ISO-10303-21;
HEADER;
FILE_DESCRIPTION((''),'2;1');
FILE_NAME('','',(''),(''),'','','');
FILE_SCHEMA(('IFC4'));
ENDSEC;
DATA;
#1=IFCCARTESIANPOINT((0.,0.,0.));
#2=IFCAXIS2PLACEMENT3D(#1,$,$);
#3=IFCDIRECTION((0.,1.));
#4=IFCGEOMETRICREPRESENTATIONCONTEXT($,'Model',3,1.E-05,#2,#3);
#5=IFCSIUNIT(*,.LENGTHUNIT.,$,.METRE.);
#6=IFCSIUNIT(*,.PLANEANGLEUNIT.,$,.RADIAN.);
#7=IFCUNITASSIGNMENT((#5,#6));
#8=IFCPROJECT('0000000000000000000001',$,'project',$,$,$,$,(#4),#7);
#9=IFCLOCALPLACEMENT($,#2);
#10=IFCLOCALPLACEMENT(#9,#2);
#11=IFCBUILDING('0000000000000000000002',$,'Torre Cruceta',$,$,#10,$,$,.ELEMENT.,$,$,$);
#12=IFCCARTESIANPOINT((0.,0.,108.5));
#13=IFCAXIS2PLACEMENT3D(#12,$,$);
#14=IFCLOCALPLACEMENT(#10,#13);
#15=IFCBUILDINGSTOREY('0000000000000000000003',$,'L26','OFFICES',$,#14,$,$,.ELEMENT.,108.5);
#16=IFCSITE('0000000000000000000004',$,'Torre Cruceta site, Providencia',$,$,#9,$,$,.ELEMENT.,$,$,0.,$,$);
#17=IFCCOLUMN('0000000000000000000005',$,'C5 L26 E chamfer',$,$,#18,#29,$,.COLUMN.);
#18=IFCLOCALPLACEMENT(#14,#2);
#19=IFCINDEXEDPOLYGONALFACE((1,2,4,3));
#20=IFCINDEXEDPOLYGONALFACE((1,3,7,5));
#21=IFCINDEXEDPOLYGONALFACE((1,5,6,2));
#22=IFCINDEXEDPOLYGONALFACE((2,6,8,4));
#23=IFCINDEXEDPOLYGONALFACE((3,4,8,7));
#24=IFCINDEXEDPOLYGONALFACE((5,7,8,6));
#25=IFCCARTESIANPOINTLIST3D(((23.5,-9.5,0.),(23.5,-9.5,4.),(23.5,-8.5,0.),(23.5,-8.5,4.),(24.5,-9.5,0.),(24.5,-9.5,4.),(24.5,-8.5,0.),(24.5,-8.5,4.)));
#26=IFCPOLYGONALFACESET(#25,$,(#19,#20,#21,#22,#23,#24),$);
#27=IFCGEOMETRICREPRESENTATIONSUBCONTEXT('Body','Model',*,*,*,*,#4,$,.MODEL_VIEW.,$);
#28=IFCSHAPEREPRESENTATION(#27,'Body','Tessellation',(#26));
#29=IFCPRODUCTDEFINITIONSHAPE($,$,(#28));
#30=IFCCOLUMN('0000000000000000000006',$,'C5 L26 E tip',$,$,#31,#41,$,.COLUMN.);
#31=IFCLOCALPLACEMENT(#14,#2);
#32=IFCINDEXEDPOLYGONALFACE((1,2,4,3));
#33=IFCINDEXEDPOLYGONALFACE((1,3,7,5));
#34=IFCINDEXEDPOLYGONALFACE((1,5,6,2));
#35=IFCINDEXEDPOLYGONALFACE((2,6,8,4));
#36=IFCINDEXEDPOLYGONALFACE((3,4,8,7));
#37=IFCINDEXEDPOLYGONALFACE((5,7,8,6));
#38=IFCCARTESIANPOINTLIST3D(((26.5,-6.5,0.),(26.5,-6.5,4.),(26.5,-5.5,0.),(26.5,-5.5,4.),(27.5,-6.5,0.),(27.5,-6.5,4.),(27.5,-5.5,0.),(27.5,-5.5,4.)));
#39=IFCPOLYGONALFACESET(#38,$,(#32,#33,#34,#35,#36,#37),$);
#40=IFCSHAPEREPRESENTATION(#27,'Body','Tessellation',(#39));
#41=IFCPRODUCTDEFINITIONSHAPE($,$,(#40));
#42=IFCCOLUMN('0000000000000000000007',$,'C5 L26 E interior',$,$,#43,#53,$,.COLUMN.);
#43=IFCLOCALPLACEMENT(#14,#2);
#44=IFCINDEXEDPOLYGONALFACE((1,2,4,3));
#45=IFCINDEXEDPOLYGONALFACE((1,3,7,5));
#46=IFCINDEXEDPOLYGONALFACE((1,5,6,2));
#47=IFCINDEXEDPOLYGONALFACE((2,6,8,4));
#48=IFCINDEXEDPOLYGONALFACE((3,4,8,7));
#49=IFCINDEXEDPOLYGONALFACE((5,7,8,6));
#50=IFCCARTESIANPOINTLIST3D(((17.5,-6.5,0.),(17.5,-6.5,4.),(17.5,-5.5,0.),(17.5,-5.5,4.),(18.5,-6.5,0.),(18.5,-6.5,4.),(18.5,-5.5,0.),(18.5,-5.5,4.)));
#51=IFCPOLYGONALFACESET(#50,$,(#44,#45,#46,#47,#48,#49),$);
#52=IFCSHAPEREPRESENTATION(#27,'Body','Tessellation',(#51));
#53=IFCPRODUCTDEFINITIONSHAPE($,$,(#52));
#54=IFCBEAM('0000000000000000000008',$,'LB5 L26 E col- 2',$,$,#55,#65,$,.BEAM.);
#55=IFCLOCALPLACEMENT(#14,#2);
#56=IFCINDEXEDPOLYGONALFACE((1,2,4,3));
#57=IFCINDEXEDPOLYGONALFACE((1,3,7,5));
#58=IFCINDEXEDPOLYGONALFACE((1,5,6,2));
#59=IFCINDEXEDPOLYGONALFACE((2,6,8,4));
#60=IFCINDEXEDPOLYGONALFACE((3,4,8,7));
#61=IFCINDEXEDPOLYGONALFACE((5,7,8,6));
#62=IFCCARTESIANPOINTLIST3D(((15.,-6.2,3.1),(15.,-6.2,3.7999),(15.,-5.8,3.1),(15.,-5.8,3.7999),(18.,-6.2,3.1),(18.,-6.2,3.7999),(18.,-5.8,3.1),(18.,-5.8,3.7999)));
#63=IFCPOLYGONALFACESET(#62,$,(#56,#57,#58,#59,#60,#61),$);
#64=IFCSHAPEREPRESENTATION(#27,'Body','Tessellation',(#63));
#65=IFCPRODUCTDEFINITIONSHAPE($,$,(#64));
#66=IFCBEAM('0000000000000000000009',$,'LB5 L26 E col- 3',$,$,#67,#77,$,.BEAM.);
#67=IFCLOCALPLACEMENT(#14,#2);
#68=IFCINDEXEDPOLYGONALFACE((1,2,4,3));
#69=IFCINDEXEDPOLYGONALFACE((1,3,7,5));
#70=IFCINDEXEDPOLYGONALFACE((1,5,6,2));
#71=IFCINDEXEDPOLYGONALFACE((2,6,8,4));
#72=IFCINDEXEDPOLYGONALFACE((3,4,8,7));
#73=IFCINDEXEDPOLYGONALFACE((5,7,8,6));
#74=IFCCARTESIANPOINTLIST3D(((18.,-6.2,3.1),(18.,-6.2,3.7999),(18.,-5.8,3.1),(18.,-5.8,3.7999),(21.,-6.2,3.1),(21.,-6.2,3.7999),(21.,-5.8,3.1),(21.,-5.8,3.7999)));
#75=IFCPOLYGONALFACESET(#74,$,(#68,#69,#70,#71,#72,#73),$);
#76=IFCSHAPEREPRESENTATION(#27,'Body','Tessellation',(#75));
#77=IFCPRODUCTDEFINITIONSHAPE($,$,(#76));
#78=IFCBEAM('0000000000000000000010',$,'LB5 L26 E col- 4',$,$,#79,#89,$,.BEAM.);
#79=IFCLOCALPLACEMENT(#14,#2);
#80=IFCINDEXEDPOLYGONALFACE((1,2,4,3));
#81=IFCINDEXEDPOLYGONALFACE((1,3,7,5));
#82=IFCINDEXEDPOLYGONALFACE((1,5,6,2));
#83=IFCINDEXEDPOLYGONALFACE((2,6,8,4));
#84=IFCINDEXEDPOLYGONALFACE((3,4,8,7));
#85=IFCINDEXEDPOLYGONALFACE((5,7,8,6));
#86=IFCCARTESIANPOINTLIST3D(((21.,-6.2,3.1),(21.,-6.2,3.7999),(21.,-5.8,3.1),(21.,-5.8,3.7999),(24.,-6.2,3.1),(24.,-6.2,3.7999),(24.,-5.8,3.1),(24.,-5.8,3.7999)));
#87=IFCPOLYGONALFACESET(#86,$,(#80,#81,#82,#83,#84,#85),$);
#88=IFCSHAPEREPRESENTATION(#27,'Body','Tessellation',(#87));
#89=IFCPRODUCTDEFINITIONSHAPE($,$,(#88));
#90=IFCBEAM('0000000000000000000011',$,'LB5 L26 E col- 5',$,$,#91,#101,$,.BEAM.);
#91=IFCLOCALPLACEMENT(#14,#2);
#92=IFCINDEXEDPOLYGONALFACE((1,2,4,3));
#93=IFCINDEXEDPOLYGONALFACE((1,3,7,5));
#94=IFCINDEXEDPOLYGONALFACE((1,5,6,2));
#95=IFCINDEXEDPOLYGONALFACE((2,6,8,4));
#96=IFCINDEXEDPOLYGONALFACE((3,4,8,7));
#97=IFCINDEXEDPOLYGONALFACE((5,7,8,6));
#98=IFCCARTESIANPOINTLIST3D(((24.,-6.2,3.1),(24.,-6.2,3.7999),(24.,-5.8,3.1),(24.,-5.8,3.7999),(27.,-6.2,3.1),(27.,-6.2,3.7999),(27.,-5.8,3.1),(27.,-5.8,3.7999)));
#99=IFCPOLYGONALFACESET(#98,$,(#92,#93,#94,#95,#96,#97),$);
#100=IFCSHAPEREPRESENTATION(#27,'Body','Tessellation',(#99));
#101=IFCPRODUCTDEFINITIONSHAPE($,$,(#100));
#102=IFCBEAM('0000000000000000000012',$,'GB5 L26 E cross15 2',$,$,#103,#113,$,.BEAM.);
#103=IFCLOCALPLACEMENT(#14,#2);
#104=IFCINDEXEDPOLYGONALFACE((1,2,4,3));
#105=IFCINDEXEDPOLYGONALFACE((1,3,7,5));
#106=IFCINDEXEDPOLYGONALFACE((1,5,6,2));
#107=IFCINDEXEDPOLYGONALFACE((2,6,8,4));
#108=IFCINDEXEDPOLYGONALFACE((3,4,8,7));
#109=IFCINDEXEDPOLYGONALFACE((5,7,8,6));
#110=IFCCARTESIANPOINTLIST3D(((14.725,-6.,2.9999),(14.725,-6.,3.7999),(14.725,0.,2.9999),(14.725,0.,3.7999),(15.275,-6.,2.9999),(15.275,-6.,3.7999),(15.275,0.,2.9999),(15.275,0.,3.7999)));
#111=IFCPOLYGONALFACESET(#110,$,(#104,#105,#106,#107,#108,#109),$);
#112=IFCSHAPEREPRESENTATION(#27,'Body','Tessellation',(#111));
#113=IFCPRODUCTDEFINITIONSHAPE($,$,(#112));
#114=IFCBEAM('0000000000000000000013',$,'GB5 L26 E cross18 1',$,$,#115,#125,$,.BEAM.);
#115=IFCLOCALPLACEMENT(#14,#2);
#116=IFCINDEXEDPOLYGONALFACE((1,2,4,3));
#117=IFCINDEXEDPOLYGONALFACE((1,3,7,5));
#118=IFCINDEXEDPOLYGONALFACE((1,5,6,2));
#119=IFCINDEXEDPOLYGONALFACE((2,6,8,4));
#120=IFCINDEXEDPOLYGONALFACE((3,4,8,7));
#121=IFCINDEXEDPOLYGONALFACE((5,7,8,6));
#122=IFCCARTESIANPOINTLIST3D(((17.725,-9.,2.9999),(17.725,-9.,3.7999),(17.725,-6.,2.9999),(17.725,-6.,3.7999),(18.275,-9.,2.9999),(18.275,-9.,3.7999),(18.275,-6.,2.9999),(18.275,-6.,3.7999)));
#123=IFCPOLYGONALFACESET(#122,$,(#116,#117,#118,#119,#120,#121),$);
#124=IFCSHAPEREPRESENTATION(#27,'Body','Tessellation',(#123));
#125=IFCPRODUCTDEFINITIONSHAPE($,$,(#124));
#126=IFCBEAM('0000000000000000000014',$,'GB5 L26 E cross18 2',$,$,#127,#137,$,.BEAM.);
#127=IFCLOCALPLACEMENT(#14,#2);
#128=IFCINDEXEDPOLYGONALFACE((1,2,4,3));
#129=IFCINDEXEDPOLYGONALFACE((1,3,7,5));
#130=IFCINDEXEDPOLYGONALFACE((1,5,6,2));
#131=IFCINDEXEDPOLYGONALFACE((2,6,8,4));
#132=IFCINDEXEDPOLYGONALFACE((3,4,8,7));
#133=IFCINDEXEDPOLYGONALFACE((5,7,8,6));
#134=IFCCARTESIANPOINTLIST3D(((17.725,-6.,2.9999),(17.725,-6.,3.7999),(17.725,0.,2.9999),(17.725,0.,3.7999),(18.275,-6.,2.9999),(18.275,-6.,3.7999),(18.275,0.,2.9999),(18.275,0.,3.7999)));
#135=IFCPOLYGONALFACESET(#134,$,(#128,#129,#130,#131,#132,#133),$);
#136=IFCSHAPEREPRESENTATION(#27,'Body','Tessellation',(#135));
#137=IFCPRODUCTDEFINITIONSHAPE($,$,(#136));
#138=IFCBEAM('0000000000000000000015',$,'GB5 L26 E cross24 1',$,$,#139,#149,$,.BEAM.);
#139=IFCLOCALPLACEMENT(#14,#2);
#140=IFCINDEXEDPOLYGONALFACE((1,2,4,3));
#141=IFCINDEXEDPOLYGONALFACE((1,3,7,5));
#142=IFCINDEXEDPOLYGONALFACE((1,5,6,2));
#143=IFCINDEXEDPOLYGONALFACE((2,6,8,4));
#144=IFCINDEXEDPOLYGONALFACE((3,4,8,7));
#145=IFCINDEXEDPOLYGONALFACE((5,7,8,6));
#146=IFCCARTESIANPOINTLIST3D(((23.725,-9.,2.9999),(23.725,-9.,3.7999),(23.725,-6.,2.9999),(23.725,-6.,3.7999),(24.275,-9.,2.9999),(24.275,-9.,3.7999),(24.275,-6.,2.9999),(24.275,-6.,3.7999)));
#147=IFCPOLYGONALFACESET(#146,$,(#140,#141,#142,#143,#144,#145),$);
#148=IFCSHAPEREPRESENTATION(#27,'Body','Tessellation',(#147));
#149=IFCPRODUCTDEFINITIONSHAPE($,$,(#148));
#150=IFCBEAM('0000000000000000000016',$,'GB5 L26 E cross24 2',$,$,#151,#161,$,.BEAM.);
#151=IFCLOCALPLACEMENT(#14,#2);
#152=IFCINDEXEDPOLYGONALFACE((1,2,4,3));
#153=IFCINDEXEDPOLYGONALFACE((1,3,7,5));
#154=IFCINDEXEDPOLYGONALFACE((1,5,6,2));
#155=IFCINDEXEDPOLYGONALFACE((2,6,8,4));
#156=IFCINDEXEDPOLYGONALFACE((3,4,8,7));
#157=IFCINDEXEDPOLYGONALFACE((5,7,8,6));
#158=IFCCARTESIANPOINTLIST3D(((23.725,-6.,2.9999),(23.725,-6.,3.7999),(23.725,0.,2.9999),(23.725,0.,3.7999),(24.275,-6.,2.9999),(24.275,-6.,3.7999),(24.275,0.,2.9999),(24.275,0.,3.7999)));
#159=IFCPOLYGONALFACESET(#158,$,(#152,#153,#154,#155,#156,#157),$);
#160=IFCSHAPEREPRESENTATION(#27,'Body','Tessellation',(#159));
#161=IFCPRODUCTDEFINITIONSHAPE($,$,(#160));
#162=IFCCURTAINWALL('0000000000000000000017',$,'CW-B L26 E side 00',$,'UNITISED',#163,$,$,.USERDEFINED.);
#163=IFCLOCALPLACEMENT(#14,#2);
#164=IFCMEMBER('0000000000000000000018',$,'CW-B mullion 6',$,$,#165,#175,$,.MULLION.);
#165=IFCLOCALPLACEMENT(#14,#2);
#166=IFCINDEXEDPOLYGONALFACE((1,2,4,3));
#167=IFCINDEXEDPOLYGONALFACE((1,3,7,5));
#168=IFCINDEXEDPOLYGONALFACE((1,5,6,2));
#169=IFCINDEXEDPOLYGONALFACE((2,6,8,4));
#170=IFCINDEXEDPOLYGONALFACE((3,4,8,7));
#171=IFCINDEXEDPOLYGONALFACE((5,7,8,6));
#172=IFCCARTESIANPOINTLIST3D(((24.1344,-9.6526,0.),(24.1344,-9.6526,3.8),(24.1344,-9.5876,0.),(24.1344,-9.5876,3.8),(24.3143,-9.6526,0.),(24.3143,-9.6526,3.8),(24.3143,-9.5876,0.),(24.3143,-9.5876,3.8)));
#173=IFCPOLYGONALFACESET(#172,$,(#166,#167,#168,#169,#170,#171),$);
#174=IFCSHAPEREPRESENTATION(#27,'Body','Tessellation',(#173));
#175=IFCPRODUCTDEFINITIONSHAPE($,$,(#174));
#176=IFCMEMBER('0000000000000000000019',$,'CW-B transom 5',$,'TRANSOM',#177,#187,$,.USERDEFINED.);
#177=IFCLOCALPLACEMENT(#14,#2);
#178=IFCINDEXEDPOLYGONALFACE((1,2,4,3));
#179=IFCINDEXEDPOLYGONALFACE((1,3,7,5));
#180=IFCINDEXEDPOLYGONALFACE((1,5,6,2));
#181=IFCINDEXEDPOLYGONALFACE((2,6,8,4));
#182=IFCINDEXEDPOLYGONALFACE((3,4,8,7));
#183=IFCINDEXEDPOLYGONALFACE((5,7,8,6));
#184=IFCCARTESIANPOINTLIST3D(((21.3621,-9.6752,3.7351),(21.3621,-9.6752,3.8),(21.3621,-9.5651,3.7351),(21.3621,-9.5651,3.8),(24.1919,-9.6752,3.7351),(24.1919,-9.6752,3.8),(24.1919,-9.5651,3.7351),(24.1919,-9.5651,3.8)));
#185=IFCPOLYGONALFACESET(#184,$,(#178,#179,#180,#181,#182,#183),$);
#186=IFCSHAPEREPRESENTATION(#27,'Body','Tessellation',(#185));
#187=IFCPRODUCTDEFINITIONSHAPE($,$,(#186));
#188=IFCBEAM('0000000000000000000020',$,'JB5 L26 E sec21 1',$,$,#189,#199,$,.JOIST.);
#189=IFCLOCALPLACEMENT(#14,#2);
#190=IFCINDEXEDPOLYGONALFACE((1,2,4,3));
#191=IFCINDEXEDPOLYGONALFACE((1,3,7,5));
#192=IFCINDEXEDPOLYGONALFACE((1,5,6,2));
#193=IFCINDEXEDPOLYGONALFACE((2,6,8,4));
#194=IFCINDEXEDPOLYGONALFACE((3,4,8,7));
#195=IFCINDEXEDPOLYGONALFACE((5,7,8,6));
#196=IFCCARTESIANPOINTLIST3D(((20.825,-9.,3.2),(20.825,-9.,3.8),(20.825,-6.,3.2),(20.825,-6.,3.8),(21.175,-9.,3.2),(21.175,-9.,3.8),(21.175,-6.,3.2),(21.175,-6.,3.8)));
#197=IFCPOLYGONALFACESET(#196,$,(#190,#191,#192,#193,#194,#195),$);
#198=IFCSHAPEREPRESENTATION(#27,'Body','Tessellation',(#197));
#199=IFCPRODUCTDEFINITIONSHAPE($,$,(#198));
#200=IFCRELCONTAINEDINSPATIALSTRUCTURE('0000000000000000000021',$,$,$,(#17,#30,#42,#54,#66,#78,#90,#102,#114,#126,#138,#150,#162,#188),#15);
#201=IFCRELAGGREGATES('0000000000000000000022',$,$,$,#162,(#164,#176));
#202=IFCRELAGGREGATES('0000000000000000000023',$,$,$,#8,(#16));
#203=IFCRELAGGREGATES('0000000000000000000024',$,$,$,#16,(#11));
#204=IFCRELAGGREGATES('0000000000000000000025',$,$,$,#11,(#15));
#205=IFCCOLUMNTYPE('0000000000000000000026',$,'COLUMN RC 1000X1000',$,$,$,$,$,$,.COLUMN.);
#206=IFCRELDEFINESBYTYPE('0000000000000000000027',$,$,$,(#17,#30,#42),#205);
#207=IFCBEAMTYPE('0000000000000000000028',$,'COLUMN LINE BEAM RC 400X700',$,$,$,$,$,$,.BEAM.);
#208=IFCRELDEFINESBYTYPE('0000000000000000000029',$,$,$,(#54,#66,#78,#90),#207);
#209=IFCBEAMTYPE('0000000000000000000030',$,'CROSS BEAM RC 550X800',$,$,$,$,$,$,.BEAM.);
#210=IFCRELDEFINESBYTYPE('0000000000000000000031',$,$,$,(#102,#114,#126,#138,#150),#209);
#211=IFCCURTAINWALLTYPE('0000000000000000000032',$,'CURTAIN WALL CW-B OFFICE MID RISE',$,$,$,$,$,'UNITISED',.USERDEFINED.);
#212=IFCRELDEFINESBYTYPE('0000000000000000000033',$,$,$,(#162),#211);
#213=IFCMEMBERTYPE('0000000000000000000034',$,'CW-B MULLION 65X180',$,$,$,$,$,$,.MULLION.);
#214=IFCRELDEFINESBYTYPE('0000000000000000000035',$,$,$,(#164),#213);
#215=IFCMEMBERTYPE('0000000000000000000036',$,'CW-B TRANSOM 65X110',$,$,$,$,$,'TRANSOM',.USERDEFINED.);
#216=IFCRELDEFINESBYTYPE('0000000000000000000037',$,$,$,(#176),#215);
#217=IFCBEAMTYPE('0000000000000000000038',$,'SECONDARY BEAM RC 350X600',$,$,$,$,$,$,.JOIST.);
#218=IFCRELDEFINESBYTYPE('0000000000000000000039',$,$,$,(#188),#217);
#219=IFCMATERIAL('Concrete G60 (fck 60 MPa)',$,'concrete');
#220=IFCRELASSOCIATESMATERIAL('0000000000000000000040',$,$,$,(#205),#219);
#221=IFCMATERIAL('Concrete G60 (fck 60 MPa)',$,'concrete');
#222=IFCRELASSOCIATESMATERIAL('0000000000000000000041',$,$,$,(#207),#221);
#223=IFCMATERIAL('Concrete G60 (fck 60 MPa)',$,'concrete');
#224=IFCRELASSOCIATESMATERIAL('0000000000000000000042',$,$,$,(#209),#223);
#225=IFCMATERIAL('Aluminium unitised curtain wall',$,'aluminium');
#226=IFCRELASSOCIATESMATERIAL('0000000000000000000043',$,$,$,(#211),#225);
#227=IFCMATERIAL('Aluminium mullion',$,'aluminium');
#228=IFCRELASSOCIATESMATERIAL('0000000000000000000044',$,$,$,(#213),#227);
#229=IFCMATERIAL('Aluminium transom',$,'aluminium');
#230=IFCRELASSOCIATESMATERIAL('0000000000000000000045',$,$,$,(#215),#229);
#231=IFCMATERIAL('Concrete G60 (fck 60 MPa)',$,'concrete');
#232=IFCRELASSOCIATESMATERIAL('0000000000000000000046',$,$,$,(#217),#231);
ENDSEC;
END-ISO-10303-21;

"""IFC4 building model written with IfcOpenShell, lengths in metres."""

from ifc_helpers import new_model, si_unit, direction, frame, origin, origin_2d, place, context, subcontext, project, spatial, rectangle, extrude, material, material_profile, profile_set, type_object, element, aggregate, save


model = new_model("IFC4")

# Units and contexts
model_context = context("Model", 3, precision=1e-05, world=origin(), true_north=direction((0.0, 1.0)))
body_context = subcontext(model_context, "Body", "Model", "MODEL_VIEW")
ifc_project = project(units=[si_unit("LENGTHUNIT", "METRE"), si_unit("PLANEANGLEUNIT", "RADIAN")], contexts=[model_context])

# Site, building, storey
site_placement = place(None, origin())
site = spatial("IfcSite", under=ifc_project, at=site_placement, Name="Torre Cruceta site, Providencia", CompositionType="ELEMENT", RefElevation=0.0)
building_placement = place(site_placement, origin())
building = spatial("IfcBuilding", under=site, at=building_placement, Name="Torre Cruceta", CompositionType="ELEMENT")
storey_placement = place(building_placement, frame((0.0, 0.0, 108.5)))
storey = spatial("IfcBuildingStorey", under=building, at=storey_placement, Name="L26", Description="OFFICES", CompositionType="ELEMENT", Elevation=108.5)

# Columns
ifc_material_1 = material(Name="Concrete G60 (fck 60 MPa)", Category="concrete")
ifc_material_profile_1 = material_profile(ifc_material_1, rectangle(XDim=1.0, YDim=1.0, at=origin_2d()), Name="RC 1000X1000")
ifc_profile_set_1 = profile_set([ifc_material_profile_1], Name="Concrete G60 (fck 60 MPa)")
column_type = type_object("IfcColumnType", Name="COLUMN RC 1000X1000", PredefinedType="COLUMN", material=ifc_profile_set_1)
for number, where, z_axis, x_axis, name in (
    (1, (24.0, -9.0, 0.0), (0.0, 0.0, 1.0), (1.0, 0.0, 0.0), "C5 L26 E chamfer"),
    (2, (27.0, -6.0, 0.0), (0.0, 0.0, 1.0), (1.0, 0.0, 0.0), "C5 L26 E tip"),
    (3, (18.0, -6.0, 0.0), (0.0, 0.0, 1.0), (1.0, 0.0, 0.0), "C5 L26 E interior"),
):
    element("IfcColumn", number, at=place(storey_placement, frame(where, z_axis=z_axis, x_axis=x_axis)), inside=storey, type_object=column_type, Name=name, PredefinedType="COLUMN", context=body_context, shape_type="SweptSolid", body=[
        extrude(rectangle(XDim=1.0, YDim=1.0, at=origin_2d()), origin(), (0.0, 0.0, 1.0), 4.0),
    ])

# Beams
ifc_material_2 = material(Name="Concrete G60 (fck 60 MPa)", Category="concrete")
ifc_material_profile_2 = material_profile(ifc_material_2, rectangle(XDim=0.3999, YDim=0.7, at=origin_2d()), Name="RC 400X700")
ifc_profile_set_2 = profile_set([ifc_material_profile_2], Name="Concrete G60 (fck 60 MPa)")
beam_type_1 = type_object("IfcBeamType", Name="COLUMN LINE BEAM RC 400X700", PredefinedType="BEAM", material=ifc_profile_set_2)
for number, where, z_axis, x_axis, name in (
    (4, (15.0, -6.0, 3.45), (1.0, 0.0, 0.0), (0.0, 1.0, 0.0), "LB5 L26 E col- 2"),
    (5, (18.0, -6.0, 3.45), (1.0, 0.0, 0.0), (0.0, 1.0, 0.0), "LB5 L26 E col- 3"),
    (6, (21.0, -6.0, 3.45), (1.0, 0.0, 0.0), (0.0, 1.0, 0.0), "LB5 L26 E col- 4"),
    (7, (24.0, -6.0, 3.45), (1.0, 0.0, 0.0), (0.0, 1.0, 0.0), "LB5 L26 E col- 5"),
):
    element("IfcBeam", number, at=place(storey_placement, frame(where, z_axis=z_axis, x_axis=x_axis)), inside=storey, type_object=beam_type_1, Name=name, PredefinedType="BEAM", context=body_context, shape_type="SweptSolid", body=[
        extrude(rectangle(XDim=0.3999, YDim=0.7, at=origin_2d()), origin(), (0.0, 0.0, 1.0), 3.0),
    ])
ifc_material_3 = material(Name="Concrete G60 (fck 60 MPa)", Category="concrete")
ifc_material_profile_3 = material_profile(ifc_material_3, rectangle(XDim=0.55, YDim=0.8, at=origin_2d()), Name="RC 550X800")
ifc_profile_set_3 = profile_set([ifc_material_profile_3], Name="Concrete G60 (fck 60 MPa)")
beam_type_2 = type_object("IfcBeamType", Name="CROSS BEAM RC 550X800", PredefinedType="BEAM", material=ifc_profile_set_3)
beam_1_placement = place(storey_placement, frame((15.0, -6.0, 3.3999), z_axis=(0.0, 1.0, 0.0), x_axis=(-1.0, 0.0, 0.0)))
element("IfcBeam", 8, at=beam_1_placement, inside=storey, type_object=beam_type_2, Name="GB5 L26 E cross15 2", PredefinedType="BEAM", context=body_context, shape_type="SweptSolid", body=[
    extrude(rectangle(XDim=0.55, YDim=0.8, at=origin_2d()), origin(), (0.0, 0.0, 1.0), 6.0),
])
beam_2_placement = place(storey_placement, frame((18.0, -9.0, 3.3999), z_axis=(0.0, 1.0, 0.0), x_axis=(-1.0, 0.0, 0.0)))
element("IfcBeam", 9, at=beam_2_placement, inside=storey, type_object=beam_type_2, Name="GB5 L26 E cross18 1", PredefinedType="BEAM", context=body_context, shape_type="SweptSolid", body=[
    extrude(rectangle(XDim=0.55, YDim=0.8, at=origin_2d()), origin(), (0.0, 0.0, 1.0), 3.0),
])
beam_3_placement = place(storey_placement, frame((18.0, -6.0, 3.3999), z_axis=(0.0, 1.0, 0.0), x_axis=(-1.0, 0.0, 0.0)))
element("IfcBeam", 10, at=beam_3_placement, inside=storey, type_object=beam_type_2, Name="GB5 L26 E cross18 2", PredefinedType="BEAM", context=body_context, shape_type="SweptSolid", body=[
    extrude(rectangle(XDim=0.55, YDim=0.8, at=origin_2d()), origin(), (0.0, 0.0, 1.0), 6.0),
])
beam_4_placement = place(storey_placement, frame((24.0, -9.0, 3.3999), z_axis=(0.0, 1.0, 0.0), x_axis=(-1.0, 0.0, 0.0)))
element("IfcBeam", 11, at=beam_4_placement, inside=storey, type_object=beam_type_2, Name="GB5 L26 E cross24 1", PredefinedType="BEAM", context=body_context, shape_type="SweptSolid", body=[
    extrude(rectangle(XDim=0.55, YDim=0.8, at=origin_2d()), origin(), (0.0, 0.0, 1.0), 3.0),
])
beam_5_placement = place(storey_placement, frame((24.0, -6.0, 3.3999), z_axis=(0.0, 1.0, 0.0), x_axis=(-1.0, 0.0, 0.0)))
element("IfcBeam", 12, at=beam_5_placement, inside=storey, type_object=beam_type_2, Name="GB5 L26 E cross24 2", PredefinedType="BEAM", context=body_context, shape_type="SweptSolid", body=[
    extrude(rectangle(XDim=0.55, YDim=0.8, at=origin_2d()), origin(), (0.0, 0.0, 1.0), 6.0),
])

# Curtain wall, members
ifc_material_4 = material(Name="Aluminium unitised curtain wall", Category="aluminium")
curtain_wall_type = type_object("IfcCurtainWallType", Name="CURTAIN WALL CW-B OFFICE MID RISE", ElementType="UNITISED", PredefinedType="USERDEFINED", material=ifc_material_4)
curtain_wall_placement = place(storey_placement, origin())
curtain_wall = element("IfcCurtainWall", 13, at=curtain_wall_placement, inside=storey, type_object=curtain_wall_type, Name="CW-B L26 E side 00", ObjectType="UNITISED", PredefinedType="USERDEFINED")
ifc_material_5 = material(Name="Aluminium mullion", Category="aluminium")
ifc_material_profile_4 = material_profile(ifc_material_5, rectangle(XDim=0.0649, YDim=0.1799, at=origin_2d()), Name="AL 65X180")
ifc_profile_set_4 = profile_set([ifc_material_profile_4], Name="Aluminium mullion")
member_type_1 = type_object("IfcMemberType", Name="CW-B MULLION 65X180", PredefinedType="MULLION", material=ifc_profile_set_4)
member_1_placement = place(storey_placement, frame((24.2244, -9.6201, 0.0), z_axis=(0.0, 0.0, 1.0), x_axis=(0.0, 1.0, 0.0)))
member_1 = element("IfcMember", 14, at=member_1_placement, type_object=member_type_1, Name="CW-B mullion 6", PredefinedType="MULLION", context=body_context, shape_type="SweptSolid", body=[
    extrude(rectangle(XDim=0.0649, YDim=0.1799, at=origin_2d()), origin(), (0.0, 0.0, 1.0), 3.8),
])
ifc_material_6 = material(Name="Aluminium transom", Category="aluminium")
ifc_material_profile_5 = material_profile(ifc_material_6, rectangle(XDim=0.1101, YDim=0.0649, at=origin_2d()), Name="AL 110X65")
ifc_profile_set_5 = profile_set([ifc_material_profile_5], Name="Aluminium transom")
member_type_2 = type_object("IfcMemberType", Name="CW-B TRANSOM 65X110", ElementType="TRANSOM", PredefinedType="USERDEFINED", material=ifc_profile_set_5)
member_2_placement = place(storey_placement, frame((21.3621, -9.6201, 3.7676), z_axis=(1.0, 0.0, 0.0), x_axis=(0.0, 1.0, 0.0)))
member_2 = element("IfcMember", 15, at=member_2_placement, type_object=member_type_2, Name="CW-B transom 5", ObjectType="TRANSOM", PredefinedType="USERDEFINED", context=body_context, shape_type="SweptSolid", body=[
    extrude(rectangle(XDim=0.1101, YDim=0.0649, at=origin_2d()), origin(), (0.0, 0.0, 1.0), 2.8298),
])

# Beam
ifc_material_7 = material(Name="Concrete G60 (fck 60 MPa)", Category="concrete")
ifc_material_profile_6 = material_profile(ifc_material_7, rectangle(XDim=0.3501, YDim=0.6001, at=origin_2d()), Name="RC 350X600")
ifc_profile_set_6 = profile_set([ifc_material_profile_6], Name="Concrete G60 (fck 60 MPa)")
beam_type_3 = type_object("IfcBeamType", Name="SECONDARY BEAM RC 350X600", PredefinedType="JOIST", material=ifc_profile_set_6)
beam_6_placement = place(storey_placement, frame((21.0, -9.0, 3.5), z_axis=(0.0, 1.0, 0.0), x_axis=(-1.0, 0.0, 0.0)))
element("IfcBeam", 16, at=beam_6_placement, inside=storey, type_object=beam_type_3, Name="JB5 L26 E sec21 1", PredefinedType="JOIST", context=body_context, shape_type="SweptSolid", body=[
    extrude(rectangle(XDim=0.3501, YDim=0.6001, at=origin_2d()), origin(), (0.0, 0.0, 1.0), 3.0),
])

aggregate(curtain_wall, [member_1, member_2])

save(model, "model.ifc")
